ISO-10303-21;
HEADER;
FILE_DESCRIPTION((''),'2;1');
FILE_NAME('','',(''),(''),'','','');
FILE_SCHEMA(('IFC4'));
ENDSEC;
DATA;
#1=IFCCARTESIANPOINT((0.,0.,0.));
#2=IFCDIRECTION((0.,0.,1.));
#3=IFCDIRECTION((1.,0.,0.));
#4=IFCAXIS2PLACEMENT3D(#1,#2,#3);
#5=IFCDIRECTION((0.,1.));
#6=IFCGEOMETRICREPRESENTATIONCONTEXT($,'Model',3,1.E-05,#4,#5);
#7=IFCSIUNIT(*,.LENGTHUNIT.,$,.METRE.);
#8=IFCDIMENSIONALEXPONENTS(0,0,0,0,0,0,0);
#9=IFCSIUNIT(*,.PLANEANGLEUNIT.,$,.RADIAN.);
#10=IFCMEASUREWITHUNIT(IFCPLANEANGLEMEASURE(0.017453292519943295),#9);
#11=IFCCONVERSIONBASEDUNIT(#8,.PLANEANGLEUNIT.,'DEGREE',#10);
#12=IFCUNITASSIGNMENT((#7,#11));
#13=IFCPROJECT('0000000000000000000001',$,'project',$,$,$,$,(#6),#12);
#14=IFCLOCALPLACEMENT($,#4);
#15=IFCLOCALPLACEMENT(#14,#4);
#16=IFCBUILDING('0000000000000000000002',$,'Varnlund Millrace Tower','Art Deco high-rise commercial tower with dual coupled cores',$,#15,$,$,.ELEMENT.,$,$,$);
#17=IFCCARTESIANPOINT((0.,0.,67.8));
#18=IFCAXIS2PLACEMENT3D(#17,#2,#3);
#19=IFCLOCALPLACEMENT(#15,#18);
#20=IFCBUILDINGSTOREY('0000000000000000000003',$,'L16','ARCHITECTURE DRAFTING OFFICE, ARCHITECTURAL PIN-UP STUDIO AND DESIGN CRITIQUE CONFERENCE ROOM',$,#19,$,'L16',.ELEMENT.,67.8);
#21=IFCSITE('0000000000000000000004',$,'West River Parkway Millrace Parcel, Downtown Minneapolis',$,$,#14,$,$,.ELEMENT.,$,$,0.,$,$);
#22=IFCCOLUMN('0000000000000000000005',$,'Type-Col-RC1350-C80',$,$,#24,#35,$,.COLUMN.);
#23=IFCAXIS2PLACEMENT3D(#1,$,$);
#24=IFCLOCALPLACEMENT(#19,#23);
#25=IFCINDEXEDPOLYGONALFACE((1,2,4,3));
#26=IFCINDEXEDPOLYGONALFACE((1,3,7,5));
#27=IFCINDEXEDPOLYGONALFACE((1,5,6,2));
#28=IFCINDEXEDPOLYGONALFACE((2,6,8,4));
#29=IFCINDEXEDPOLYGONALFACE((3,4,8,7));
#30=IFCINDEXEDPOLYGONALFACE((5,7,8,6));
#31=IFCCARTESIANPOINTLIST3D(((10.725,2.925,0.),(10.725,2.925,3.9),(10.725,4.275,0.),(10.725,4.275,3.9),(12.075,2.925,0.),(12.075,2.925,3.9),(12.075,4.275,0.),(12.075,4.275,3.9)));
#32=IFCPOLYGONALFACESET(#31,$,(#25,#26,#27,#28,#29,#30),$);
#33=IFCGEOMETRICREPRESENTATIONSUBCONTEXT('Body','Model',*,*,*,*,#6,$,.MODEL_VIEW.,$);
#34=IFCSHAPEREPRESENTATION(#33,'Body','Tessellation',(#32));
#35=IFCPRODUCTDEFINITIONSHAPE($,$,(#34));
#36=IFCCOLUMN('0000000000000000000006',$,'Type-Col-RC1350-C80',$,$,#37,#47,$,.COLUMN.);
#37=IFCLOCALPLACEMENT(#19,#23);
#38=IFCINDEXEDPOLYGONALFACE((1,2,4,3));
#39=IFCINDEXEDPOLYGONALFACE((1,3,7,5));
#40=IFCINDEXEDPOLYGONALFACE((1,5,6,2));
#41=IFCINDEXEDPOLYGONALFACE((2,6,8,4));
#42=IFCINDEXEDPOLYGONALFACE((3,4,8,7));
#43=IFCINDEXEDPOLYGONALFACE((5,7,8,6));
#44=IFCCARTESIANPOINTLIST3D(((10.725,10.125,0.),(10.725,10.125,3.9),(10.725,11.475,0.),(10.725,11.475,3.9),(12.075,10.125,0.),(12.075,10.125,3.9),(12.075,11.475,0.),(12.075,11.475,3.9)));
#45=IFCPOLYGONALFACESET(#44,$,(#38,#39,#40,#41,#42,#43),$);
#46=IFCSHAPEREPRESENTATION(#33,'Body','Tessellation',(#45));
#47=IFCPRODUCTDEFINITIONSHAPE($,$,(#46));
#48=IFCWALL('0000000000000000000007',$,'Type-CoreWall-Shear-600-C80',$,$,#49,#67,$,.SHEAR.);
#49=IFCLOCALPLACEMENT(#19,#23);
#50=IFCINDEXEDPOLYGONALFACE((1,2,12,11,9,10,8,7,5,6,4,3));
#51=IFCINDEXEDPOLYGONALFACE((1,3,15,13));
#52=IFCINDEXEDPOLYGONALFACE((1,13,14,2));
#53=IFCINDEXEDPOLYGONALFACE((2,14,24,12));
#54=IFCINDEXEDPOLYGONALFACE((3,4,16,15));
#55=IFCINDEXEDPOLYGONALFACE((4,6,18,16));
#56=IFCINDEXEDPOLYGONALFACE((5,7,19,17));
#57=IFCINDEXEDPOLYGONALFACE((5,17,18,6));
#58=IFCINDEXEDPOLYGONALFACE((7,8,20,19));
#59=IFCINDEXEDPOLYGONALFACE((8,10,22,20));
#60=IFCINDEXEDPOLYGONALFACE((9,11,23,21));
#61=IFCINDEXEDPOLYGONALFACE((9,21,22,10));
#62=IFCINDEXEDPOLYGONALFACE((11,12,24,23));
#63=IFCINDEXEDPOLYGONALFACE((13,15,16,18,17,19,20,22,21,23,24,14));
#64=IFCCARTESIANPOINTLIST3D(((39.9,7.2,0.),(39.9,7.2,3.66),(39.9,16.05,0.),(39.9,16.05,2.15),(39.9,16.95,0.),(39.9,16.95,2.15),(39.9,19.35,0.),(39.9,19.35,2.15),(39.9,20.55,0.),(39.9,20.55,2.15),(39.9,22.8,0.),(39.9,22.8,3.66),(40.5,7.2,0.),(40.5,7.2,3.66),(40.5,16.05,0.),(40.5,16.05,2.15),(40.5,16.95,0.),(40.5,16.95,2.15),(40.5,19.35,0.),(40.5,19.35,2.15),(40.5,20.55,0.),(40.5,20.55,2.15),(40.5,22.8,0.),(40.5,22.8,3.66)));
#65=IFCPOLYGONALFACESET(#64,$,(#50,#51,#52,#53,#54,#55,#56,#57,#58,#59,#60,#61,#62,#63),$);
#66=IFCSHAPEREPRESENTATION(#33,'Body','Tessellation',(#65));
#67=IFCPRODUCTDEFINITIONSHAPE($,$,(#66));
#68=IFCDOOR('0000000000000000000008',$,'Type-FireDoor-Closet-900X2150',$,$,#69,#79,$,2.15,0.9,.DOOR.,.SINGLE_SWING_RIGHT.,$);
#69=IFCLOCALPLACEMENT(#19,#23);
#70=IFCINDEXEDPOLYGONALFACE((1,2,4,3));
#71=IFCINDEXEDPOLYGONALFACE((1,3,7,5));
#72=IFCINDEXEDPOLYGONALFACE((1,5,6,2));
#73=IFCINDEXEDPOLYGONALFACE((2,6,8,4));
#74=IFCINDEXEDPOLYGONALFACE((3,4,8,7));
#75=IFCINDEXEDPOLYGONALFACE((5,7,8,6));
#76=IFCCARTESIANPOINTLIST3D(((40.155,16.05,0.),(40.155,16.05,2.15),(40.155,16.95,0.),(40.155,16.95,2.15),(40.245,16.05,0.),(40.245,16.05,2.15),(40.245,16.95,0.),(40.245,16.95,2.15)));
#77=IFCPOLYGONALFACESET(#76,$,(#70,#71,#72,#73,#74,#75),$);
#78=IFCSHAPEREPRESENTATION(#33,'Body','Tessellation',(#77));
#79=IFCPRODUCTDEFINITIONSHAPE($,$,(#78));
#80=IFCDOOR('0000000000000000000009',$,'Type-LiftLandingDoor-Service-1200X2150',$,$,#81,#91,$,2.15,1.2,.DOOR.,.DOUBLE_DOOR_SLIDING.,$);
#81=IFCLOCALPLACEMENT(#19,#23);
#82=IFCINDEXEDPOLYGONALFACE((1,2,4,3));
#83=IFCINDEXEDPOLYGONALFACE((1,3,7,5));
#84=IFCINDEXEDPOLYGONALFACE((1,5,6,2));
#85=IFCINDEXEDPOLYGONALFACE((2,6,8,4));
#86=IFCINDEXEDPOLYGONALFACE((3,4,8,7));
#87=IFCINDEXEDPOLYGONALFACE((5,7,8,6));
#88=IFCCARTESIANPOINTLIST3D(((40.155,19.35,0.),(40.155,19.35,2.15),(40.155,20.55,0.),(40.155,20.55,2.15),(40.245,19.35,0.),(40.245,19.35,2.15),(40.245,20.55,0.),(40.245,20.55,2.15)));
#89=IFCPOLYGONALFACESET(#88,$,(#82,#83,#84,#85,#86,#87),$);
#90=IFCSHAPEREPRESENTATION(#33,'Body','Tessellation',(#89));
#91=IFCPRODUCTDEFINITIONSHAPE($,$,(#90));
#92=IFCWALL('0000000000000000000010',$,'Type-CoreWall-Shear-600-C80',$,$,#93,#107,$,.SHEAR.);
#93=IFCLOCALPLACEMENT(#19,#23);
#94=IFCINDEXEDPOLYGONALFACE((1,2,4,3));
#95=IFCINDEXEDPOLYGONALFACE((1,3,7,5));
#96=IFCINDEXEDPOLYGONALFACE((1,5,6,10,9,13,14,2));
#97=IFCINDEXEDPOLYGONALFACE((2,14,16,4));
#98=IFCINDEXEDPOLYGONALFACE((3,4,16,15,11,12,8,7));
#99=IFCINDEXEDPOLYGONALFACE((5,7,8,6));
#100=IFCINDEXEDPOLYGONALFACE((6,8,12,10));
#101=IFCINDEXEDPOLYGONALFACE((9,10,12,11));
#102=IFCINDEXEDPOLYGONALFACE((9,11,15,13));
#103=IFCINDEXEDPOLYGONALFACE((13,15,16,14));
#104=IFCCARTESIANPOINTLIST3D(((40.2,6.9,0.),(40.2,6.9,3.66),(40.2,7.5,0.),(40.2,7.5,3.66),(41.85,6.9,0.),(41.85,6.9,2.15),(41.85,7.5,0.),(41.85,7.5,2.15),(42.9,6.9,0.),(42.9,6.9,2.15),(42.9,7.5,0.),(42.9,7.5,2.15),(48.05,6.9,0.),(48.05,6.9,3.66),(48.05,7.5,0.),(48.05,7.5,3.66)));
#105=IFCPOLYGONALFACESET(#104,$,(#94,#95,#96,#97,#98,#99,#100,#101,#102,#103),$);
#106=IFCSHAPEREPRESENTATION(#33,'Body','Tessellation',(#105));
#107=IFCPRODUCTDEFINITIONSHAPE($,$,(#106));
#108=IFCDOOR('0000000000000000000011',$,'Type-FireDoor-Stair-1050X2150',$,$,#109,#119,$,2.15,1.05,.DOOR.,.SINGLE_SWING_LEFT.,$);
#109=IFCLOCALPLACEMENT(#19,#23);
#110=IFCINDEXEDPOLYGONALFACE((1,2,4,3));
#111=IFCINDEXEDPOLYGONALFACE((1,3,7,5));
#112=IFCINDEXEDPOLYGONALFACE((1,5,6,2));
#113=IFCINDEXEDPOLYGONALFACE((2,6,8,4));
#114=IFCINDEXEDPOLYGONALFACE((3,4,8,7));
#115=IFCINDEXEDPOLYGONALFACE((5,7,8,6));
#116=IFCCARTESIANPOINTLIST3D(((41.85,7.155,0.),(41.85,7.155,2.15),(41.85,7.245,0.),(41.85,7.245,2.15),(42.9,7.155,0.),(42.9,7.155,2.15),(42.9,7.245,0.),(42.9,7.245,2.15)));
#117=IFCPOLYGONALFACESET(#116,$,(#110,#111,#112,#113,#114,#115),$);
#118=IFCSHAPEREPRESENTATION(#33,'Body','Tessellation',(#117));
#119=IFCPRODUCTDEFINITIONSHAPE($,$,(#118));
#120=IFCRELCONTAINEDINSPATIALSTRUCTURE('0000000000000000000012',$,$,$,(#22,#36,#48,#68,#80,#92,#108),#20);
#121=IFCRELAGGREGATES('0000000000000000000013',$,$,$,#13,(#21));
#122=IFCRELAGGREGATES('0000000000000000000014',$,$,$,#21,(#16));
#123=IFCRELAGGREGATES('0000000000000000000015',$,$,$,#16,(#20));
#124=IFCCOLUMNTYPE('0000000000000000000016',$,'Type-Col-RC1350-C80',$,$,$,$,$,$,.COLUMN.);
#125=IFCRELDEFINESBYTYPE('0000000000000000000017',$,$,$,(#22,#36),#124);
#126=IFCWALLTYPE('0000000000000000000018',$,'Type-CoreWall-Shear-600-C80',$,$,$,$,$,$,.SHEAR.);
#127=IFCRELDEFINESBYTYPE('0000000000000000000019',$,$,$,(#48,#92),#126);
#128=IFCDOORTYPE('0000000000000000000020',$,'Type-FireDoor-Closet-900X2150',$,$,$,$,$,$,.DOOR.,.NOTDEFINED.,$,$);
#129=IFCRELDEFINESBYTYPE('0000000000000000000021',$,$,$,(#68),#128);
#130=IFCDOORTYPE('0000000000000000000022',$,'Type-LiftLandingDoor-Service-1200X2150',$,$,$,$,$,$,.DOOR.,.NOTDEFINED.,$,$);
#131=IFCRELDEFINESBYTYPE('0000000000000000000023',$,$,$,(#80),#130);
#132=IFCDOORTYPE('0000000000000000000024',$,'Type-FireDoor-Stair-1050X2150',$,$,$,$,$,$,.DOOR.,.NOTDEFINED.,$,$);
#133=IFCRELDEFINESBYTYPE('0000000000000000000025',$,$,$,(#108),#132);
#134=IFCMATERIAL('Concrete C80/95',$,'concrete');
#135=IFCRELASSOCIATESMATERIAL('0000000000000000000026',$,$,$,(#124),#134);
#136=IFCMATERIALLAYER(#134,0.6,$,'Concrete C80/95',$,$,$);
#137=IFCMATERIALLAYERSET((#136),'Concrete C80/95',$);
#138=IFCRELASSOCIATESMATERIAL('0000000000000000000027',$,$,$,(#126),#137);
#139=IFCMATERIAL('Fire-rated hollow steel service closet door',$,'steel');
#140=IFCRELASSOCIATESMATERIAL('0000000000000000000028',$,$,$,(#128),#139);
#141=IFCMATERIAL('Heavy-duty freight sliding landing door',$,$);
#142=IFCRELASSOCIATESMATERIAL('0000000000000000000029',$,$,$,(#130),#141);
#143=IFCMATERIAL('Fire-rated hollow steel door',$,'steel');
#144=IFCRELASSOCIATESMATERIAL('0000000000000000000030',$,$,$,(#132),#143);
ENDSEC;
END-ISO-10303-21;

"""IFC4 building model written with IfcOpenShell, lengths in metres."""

from ifc_helpers import new_model, entity, si_unit, converted_unit, direction, frame, origin_with_axes, origin_2d_with_axis, place, context, subcontext, project, spatial, polyline, rectangle, outline, extrude, material, layer, layer_set, material_profile, profile_set, type_object, element, fill, save


model = new_model("IFC4")

# Units and contexts
model_context = context("Model", 3, precision=1e-05, world=origin_with_axes(), true_north=direction((0.0, 1.0)))
body_context = subcontext(model_context, "Body", "Model", "MODEL_VIEW")
ifc_project = project(units=[si_unit("LENGTHUNIT", "METRE"), converted_unit("PLANEANGLEUNIT", "DEGREE", entity("IfcPlaneAngleMeasure", 0.017453292519943295), si_unit("PLANEANGLEUNIT", "RADIAN"), dimensions=[0, 0, 0, 0, 0, 0, 0])], contexts=[model_context])

# Site, building, storey
site_placement = place(None, origin_with_axes())
site = spatial("IfcSite", under=ifc_project, at=site_placement, Name="West River Parkway Millrace Parcel, Downtown Minneapolis", CompositionType="ELEMENT", RefElevation=0.0)
building_placement = place(site_placement, origin_with_axes())
building = spatial("IfcBuilding", under=site, at=building_placement, Name="Varnlund Millrace Tower", Description="Art Deco high-rise commercial tower with dual coupled cores", CompositionType="ELEMENT")
storey_placement = place(building_placement, frame((0.0, 0.0, 67.8), z_axis=(0.0, 0.0, 1.0), x_axis=(1.0, 0.0, 0.0)))
storey = spatial("IfcBuildingStorey", under=building, at=storey_placement, Name="L16", Description="ARCHITECTURE DRAFTING OFFICE, ARCHITECTURAL PIN-UP STUDIO AND DESIGN CRITIQUE CONFERENCE ROOM", LongName="L16", CompositionType="ELEMENT", Elevation=67.8)

# Columns
ifc_material_1 = material(Name="Concrete C80/95", Category="concrete")
ifc_material_profile = material_profile(ifc_material_1, rectangle(XDim=1.35, YDim=1.35, at=origin_2d_with_axis()), Name="Concrete C80/95")
ifc_profile_set = profile_set([ifc_material_profile], Name="Concrete C80/95")
column_type = type_object("IfcColumnType", Name="Type-Col-RC1350-C80", PredefinedType="COLUMN", material=ifc_profile_set)
for number, where, z_axis, x_axis, name in (
    (1, (11.4, 3.6, 0.0), (0.0, 0.0, 1.0), (1.0, 0.0, 0.0), "Type-Col-RC1350-C80"),
    (2, (11.4, 10.8, 0.0), (0.0, 0.0, 1.0), (1.0, 0.0, 0.0), "Type-Col-RC1350-C80"),
):
    element("IfcColumn", number, at=place(storey_placement, frame(where, z_axis=z_axis, x_axis=x_axis)), inside=storey, type_object=column_type, Name=name, PredefinedType="COLUMN", context=body_context, shape_type="SweptSolid", body=[
        extrude(rectangle(XDim=1.35, YDim=1.35, at=origin_2d_with_axis()), origin_with_axes(), (0.0, 0.0, 1.0), 3.9),
    ])

# Wall, openings, doors
ifc_layer_1 = layer(ifc_material_1, 0.6, Name="Concrete C80/95")
ifc_layer_set_1 = layer_set([ifc_layer_1], Name="Concrete C80/95")
wall_type_1 = type_object("IfcWallType", Name="Type-CoreWall-Shear-600-C80", PredefinedType="SHEAR", material=ifc_layer_set_1)
wall_1_placement = place(storey_placement, frame((40.2, 7.2, 0.0), z_axis=(0.0, 0.0, 1.0), x_axis=(0.0, 1.0, 0.0)))
wall_1 = element("IfcWall", 3, at=wall_1_placement, inside=storey, type_object=wall_type_1, Name="Type-CoreWall-Shear-600-C80", PredefinedType="SHEAR", context=body_context, shape_type="SweptSolid", body=[
    extrude(outline(polyline([(0.0, -0.3), (15.6, -0.3), (15.6, 0.3), (0.0, 0.3), (0.0, -0.3)])), origin_with_axes(), (0.0, 0.0, 1.0), 3.66),
])
opening_1_placement = place(wall_1_placement, frame((12.75, 0.0, 0.0), z_axis=(0.0, 0.0, 1.0), x_axis=(1.0, 0.0, 0.0)))
opening_1 = element("IfcOpeningElement", 4, at=opening_1_placement, cuts=wall_1, PredefinedType="OPENING", context=body_context, shape_type="SweptSolid", body=[
    extrude(rectangle(XDim=1.2, YDim=0.62, at=origin_2d_with_axis()), origin_with_axes(), (0.0, 0.0, 1.0), 2.15),
])
opening_2_placement = place(wall_1_placement, frame((9.3, 0.0, 0.0), z_axis=(0.0, 0.0, 1.0), x_axis=(1.0, 0.0, 0.0)))
opening_2 = element("IfcOpeningElement", 5, at=opening_2_placement, cuts=wall_1, PredefinedType="OPENING", context=body_context, shape_type="SweptSolid", body=[
    extrude(rectangle(XDim=0.9, YDim=0.62, at=origin_2d_with_axis()), origin_with_axes(), (0.0, 0.0, 1.0), 2.15),
])
ifc_material_2 = material(Name="Fire-rated hollow steel service closet door", Category="steel")
door_type_1 = type_object("IfcDoorType", Name="Type-FireDoor-Closet-900X2150", OperationType="NOTDEFINED", PredefinedType="DOOR", material=ifc_material_2)
door_1_placement = place(wall_1_placement, frame((9.3, 0.0, 0.0), z_axis=(0.0, 0.0, 1.0), x_axis=(1.0, 0.0, 0.0)))
door_1 = element("IfcDoor", 6, at=door_1_placement, inside=storey, type_object=door_type_1, Name="Type-FireDoor-Closet-900X2150", OperationType="SINGLE_SWING_RIGHT", OverallHeight=2.15, OverallWidth=0.9, PredefinedType="DOOR", context=body_context, shape_type="SweptSolid", body=[
    extrude(rectangle(XDim=0.9, YDim=0.09, at=origin_2d_with_axis()), origin_with_axes(), (0.0, 0.0, 1.0), 2.15),
])
fill(opening_2, door_1)
ifc_material_3 = material(Name="Heavy-duty freight sliding landing door")
door_type_2 = type_object("IfcDoorType", Name="Type-LiftLandingDoor-Service-1200X2150", OperationType="NOTDEFINED", PredefinedType="DOOR", material=ifc_material_3)
door_2_placement = place(wall_1_placement, frame((12.75, 0.0, 0.0), z_axis=(0.0, 0.0, 1.0), x_axis=(1.0, 0.0, 0.0)))
door_2 = element("IfcDoor", 7, at=door_2_placement, inside=storey, type_object=door_type_2, Name="Type-LiftLandingDoor-Service-1200X2150", OperationType="DOUBLE_DOOR_SLIDING", OverallHeight=2.15, OverallWidth=1.2, PredefinedType="DOOR", context=body_context, shape_type="SweptSolid", body=[
    extrude(rectangle(XDim=1.2, YDim=0.09, at=origin_2d_with_axis()), origin_with_axes(), (0.0, 0.0, 1.0), 2.15),
])
fill(opening_1, door_2)

# Wall, opening, door
wall_2_placement = place(storey_placement, frame((40.2, 7.2, 0.0), z_axis=(0.0, 0.0, 1.0), x_axis=(1.0, 0.0, 0.0)))
wall_2 = element("IfcWall", 8, at=wall_2_placement, inside=storey, type_object=wall_type_1, Name="Type-CoreWall-Shear-600-C80", PredefinedType="SHEAR", context=body_context, shape_type="SweptSolid", body=[
    extrude(outline(polyline([(0.0, -0.3), (7.85, -0.3), (7.85, 0.3), (0.0, 0.3), (0.0, -0.3)])), origin_with_axes(), (0.0, 0.0, 1.0), 3.66),
])
opening_3_placement = place(wall_2_placement, frame((2.175, 0.0, 0.0), z_axis=(0.0, 0.0, 1.0), x_axis=(1.0, 0.0, 0.0)))
opening_3 = element("IfcOpeningElement", 9, at=opening_3_placement, cuts=wall_2, PredefinedType="OPENING", context=body_context, shape_type="SweptSolid", body=[
    extrude(rectangle(XDim=1.05, YDim=0.62, at=origin_2d_with_axis()), origin_with_axes(), (0.0, 0.0, 1.0), 2.15),
])
ifc_material_4 = material(Name="Fire-rated hollow steel door", Category="steel")
door_type_3 = type_object("IfcDoorType", Name="Type-FireDoor-Stair-1050X2150", OperationType="NOTDEFINED", PredefinedType="DOOR", material=ifc_material_4)
door_3_placement = place(wall_2_placement, frame((2.175, 0.0, 0.0), z_axis=(0.0, 0.0, 1.0), x_axis=(1.0, 0.0, 0.0)))
door_3 = element("IfcDoor", 10, at=door_3_placement, inside=storey, type_object=door_type_3, Name="Type-FireDoor-Stair-1050X2150", OperationType="SINGLE_SWING_LEFT", OverallHeight=2.15, OverallWidth=1.05, PredefinedType="DOOR", context=body_context, shape_type="SweptSolid", body=[
    extrude(rectangle(XDim=1.05, YDim=0.09, at=origin_2d_with_axis()), origin_with_axes(), (0.0, 0.0, 1.0), 2.15),
])
fill(opening_3, door_3)

save(model, "model.ifc")
